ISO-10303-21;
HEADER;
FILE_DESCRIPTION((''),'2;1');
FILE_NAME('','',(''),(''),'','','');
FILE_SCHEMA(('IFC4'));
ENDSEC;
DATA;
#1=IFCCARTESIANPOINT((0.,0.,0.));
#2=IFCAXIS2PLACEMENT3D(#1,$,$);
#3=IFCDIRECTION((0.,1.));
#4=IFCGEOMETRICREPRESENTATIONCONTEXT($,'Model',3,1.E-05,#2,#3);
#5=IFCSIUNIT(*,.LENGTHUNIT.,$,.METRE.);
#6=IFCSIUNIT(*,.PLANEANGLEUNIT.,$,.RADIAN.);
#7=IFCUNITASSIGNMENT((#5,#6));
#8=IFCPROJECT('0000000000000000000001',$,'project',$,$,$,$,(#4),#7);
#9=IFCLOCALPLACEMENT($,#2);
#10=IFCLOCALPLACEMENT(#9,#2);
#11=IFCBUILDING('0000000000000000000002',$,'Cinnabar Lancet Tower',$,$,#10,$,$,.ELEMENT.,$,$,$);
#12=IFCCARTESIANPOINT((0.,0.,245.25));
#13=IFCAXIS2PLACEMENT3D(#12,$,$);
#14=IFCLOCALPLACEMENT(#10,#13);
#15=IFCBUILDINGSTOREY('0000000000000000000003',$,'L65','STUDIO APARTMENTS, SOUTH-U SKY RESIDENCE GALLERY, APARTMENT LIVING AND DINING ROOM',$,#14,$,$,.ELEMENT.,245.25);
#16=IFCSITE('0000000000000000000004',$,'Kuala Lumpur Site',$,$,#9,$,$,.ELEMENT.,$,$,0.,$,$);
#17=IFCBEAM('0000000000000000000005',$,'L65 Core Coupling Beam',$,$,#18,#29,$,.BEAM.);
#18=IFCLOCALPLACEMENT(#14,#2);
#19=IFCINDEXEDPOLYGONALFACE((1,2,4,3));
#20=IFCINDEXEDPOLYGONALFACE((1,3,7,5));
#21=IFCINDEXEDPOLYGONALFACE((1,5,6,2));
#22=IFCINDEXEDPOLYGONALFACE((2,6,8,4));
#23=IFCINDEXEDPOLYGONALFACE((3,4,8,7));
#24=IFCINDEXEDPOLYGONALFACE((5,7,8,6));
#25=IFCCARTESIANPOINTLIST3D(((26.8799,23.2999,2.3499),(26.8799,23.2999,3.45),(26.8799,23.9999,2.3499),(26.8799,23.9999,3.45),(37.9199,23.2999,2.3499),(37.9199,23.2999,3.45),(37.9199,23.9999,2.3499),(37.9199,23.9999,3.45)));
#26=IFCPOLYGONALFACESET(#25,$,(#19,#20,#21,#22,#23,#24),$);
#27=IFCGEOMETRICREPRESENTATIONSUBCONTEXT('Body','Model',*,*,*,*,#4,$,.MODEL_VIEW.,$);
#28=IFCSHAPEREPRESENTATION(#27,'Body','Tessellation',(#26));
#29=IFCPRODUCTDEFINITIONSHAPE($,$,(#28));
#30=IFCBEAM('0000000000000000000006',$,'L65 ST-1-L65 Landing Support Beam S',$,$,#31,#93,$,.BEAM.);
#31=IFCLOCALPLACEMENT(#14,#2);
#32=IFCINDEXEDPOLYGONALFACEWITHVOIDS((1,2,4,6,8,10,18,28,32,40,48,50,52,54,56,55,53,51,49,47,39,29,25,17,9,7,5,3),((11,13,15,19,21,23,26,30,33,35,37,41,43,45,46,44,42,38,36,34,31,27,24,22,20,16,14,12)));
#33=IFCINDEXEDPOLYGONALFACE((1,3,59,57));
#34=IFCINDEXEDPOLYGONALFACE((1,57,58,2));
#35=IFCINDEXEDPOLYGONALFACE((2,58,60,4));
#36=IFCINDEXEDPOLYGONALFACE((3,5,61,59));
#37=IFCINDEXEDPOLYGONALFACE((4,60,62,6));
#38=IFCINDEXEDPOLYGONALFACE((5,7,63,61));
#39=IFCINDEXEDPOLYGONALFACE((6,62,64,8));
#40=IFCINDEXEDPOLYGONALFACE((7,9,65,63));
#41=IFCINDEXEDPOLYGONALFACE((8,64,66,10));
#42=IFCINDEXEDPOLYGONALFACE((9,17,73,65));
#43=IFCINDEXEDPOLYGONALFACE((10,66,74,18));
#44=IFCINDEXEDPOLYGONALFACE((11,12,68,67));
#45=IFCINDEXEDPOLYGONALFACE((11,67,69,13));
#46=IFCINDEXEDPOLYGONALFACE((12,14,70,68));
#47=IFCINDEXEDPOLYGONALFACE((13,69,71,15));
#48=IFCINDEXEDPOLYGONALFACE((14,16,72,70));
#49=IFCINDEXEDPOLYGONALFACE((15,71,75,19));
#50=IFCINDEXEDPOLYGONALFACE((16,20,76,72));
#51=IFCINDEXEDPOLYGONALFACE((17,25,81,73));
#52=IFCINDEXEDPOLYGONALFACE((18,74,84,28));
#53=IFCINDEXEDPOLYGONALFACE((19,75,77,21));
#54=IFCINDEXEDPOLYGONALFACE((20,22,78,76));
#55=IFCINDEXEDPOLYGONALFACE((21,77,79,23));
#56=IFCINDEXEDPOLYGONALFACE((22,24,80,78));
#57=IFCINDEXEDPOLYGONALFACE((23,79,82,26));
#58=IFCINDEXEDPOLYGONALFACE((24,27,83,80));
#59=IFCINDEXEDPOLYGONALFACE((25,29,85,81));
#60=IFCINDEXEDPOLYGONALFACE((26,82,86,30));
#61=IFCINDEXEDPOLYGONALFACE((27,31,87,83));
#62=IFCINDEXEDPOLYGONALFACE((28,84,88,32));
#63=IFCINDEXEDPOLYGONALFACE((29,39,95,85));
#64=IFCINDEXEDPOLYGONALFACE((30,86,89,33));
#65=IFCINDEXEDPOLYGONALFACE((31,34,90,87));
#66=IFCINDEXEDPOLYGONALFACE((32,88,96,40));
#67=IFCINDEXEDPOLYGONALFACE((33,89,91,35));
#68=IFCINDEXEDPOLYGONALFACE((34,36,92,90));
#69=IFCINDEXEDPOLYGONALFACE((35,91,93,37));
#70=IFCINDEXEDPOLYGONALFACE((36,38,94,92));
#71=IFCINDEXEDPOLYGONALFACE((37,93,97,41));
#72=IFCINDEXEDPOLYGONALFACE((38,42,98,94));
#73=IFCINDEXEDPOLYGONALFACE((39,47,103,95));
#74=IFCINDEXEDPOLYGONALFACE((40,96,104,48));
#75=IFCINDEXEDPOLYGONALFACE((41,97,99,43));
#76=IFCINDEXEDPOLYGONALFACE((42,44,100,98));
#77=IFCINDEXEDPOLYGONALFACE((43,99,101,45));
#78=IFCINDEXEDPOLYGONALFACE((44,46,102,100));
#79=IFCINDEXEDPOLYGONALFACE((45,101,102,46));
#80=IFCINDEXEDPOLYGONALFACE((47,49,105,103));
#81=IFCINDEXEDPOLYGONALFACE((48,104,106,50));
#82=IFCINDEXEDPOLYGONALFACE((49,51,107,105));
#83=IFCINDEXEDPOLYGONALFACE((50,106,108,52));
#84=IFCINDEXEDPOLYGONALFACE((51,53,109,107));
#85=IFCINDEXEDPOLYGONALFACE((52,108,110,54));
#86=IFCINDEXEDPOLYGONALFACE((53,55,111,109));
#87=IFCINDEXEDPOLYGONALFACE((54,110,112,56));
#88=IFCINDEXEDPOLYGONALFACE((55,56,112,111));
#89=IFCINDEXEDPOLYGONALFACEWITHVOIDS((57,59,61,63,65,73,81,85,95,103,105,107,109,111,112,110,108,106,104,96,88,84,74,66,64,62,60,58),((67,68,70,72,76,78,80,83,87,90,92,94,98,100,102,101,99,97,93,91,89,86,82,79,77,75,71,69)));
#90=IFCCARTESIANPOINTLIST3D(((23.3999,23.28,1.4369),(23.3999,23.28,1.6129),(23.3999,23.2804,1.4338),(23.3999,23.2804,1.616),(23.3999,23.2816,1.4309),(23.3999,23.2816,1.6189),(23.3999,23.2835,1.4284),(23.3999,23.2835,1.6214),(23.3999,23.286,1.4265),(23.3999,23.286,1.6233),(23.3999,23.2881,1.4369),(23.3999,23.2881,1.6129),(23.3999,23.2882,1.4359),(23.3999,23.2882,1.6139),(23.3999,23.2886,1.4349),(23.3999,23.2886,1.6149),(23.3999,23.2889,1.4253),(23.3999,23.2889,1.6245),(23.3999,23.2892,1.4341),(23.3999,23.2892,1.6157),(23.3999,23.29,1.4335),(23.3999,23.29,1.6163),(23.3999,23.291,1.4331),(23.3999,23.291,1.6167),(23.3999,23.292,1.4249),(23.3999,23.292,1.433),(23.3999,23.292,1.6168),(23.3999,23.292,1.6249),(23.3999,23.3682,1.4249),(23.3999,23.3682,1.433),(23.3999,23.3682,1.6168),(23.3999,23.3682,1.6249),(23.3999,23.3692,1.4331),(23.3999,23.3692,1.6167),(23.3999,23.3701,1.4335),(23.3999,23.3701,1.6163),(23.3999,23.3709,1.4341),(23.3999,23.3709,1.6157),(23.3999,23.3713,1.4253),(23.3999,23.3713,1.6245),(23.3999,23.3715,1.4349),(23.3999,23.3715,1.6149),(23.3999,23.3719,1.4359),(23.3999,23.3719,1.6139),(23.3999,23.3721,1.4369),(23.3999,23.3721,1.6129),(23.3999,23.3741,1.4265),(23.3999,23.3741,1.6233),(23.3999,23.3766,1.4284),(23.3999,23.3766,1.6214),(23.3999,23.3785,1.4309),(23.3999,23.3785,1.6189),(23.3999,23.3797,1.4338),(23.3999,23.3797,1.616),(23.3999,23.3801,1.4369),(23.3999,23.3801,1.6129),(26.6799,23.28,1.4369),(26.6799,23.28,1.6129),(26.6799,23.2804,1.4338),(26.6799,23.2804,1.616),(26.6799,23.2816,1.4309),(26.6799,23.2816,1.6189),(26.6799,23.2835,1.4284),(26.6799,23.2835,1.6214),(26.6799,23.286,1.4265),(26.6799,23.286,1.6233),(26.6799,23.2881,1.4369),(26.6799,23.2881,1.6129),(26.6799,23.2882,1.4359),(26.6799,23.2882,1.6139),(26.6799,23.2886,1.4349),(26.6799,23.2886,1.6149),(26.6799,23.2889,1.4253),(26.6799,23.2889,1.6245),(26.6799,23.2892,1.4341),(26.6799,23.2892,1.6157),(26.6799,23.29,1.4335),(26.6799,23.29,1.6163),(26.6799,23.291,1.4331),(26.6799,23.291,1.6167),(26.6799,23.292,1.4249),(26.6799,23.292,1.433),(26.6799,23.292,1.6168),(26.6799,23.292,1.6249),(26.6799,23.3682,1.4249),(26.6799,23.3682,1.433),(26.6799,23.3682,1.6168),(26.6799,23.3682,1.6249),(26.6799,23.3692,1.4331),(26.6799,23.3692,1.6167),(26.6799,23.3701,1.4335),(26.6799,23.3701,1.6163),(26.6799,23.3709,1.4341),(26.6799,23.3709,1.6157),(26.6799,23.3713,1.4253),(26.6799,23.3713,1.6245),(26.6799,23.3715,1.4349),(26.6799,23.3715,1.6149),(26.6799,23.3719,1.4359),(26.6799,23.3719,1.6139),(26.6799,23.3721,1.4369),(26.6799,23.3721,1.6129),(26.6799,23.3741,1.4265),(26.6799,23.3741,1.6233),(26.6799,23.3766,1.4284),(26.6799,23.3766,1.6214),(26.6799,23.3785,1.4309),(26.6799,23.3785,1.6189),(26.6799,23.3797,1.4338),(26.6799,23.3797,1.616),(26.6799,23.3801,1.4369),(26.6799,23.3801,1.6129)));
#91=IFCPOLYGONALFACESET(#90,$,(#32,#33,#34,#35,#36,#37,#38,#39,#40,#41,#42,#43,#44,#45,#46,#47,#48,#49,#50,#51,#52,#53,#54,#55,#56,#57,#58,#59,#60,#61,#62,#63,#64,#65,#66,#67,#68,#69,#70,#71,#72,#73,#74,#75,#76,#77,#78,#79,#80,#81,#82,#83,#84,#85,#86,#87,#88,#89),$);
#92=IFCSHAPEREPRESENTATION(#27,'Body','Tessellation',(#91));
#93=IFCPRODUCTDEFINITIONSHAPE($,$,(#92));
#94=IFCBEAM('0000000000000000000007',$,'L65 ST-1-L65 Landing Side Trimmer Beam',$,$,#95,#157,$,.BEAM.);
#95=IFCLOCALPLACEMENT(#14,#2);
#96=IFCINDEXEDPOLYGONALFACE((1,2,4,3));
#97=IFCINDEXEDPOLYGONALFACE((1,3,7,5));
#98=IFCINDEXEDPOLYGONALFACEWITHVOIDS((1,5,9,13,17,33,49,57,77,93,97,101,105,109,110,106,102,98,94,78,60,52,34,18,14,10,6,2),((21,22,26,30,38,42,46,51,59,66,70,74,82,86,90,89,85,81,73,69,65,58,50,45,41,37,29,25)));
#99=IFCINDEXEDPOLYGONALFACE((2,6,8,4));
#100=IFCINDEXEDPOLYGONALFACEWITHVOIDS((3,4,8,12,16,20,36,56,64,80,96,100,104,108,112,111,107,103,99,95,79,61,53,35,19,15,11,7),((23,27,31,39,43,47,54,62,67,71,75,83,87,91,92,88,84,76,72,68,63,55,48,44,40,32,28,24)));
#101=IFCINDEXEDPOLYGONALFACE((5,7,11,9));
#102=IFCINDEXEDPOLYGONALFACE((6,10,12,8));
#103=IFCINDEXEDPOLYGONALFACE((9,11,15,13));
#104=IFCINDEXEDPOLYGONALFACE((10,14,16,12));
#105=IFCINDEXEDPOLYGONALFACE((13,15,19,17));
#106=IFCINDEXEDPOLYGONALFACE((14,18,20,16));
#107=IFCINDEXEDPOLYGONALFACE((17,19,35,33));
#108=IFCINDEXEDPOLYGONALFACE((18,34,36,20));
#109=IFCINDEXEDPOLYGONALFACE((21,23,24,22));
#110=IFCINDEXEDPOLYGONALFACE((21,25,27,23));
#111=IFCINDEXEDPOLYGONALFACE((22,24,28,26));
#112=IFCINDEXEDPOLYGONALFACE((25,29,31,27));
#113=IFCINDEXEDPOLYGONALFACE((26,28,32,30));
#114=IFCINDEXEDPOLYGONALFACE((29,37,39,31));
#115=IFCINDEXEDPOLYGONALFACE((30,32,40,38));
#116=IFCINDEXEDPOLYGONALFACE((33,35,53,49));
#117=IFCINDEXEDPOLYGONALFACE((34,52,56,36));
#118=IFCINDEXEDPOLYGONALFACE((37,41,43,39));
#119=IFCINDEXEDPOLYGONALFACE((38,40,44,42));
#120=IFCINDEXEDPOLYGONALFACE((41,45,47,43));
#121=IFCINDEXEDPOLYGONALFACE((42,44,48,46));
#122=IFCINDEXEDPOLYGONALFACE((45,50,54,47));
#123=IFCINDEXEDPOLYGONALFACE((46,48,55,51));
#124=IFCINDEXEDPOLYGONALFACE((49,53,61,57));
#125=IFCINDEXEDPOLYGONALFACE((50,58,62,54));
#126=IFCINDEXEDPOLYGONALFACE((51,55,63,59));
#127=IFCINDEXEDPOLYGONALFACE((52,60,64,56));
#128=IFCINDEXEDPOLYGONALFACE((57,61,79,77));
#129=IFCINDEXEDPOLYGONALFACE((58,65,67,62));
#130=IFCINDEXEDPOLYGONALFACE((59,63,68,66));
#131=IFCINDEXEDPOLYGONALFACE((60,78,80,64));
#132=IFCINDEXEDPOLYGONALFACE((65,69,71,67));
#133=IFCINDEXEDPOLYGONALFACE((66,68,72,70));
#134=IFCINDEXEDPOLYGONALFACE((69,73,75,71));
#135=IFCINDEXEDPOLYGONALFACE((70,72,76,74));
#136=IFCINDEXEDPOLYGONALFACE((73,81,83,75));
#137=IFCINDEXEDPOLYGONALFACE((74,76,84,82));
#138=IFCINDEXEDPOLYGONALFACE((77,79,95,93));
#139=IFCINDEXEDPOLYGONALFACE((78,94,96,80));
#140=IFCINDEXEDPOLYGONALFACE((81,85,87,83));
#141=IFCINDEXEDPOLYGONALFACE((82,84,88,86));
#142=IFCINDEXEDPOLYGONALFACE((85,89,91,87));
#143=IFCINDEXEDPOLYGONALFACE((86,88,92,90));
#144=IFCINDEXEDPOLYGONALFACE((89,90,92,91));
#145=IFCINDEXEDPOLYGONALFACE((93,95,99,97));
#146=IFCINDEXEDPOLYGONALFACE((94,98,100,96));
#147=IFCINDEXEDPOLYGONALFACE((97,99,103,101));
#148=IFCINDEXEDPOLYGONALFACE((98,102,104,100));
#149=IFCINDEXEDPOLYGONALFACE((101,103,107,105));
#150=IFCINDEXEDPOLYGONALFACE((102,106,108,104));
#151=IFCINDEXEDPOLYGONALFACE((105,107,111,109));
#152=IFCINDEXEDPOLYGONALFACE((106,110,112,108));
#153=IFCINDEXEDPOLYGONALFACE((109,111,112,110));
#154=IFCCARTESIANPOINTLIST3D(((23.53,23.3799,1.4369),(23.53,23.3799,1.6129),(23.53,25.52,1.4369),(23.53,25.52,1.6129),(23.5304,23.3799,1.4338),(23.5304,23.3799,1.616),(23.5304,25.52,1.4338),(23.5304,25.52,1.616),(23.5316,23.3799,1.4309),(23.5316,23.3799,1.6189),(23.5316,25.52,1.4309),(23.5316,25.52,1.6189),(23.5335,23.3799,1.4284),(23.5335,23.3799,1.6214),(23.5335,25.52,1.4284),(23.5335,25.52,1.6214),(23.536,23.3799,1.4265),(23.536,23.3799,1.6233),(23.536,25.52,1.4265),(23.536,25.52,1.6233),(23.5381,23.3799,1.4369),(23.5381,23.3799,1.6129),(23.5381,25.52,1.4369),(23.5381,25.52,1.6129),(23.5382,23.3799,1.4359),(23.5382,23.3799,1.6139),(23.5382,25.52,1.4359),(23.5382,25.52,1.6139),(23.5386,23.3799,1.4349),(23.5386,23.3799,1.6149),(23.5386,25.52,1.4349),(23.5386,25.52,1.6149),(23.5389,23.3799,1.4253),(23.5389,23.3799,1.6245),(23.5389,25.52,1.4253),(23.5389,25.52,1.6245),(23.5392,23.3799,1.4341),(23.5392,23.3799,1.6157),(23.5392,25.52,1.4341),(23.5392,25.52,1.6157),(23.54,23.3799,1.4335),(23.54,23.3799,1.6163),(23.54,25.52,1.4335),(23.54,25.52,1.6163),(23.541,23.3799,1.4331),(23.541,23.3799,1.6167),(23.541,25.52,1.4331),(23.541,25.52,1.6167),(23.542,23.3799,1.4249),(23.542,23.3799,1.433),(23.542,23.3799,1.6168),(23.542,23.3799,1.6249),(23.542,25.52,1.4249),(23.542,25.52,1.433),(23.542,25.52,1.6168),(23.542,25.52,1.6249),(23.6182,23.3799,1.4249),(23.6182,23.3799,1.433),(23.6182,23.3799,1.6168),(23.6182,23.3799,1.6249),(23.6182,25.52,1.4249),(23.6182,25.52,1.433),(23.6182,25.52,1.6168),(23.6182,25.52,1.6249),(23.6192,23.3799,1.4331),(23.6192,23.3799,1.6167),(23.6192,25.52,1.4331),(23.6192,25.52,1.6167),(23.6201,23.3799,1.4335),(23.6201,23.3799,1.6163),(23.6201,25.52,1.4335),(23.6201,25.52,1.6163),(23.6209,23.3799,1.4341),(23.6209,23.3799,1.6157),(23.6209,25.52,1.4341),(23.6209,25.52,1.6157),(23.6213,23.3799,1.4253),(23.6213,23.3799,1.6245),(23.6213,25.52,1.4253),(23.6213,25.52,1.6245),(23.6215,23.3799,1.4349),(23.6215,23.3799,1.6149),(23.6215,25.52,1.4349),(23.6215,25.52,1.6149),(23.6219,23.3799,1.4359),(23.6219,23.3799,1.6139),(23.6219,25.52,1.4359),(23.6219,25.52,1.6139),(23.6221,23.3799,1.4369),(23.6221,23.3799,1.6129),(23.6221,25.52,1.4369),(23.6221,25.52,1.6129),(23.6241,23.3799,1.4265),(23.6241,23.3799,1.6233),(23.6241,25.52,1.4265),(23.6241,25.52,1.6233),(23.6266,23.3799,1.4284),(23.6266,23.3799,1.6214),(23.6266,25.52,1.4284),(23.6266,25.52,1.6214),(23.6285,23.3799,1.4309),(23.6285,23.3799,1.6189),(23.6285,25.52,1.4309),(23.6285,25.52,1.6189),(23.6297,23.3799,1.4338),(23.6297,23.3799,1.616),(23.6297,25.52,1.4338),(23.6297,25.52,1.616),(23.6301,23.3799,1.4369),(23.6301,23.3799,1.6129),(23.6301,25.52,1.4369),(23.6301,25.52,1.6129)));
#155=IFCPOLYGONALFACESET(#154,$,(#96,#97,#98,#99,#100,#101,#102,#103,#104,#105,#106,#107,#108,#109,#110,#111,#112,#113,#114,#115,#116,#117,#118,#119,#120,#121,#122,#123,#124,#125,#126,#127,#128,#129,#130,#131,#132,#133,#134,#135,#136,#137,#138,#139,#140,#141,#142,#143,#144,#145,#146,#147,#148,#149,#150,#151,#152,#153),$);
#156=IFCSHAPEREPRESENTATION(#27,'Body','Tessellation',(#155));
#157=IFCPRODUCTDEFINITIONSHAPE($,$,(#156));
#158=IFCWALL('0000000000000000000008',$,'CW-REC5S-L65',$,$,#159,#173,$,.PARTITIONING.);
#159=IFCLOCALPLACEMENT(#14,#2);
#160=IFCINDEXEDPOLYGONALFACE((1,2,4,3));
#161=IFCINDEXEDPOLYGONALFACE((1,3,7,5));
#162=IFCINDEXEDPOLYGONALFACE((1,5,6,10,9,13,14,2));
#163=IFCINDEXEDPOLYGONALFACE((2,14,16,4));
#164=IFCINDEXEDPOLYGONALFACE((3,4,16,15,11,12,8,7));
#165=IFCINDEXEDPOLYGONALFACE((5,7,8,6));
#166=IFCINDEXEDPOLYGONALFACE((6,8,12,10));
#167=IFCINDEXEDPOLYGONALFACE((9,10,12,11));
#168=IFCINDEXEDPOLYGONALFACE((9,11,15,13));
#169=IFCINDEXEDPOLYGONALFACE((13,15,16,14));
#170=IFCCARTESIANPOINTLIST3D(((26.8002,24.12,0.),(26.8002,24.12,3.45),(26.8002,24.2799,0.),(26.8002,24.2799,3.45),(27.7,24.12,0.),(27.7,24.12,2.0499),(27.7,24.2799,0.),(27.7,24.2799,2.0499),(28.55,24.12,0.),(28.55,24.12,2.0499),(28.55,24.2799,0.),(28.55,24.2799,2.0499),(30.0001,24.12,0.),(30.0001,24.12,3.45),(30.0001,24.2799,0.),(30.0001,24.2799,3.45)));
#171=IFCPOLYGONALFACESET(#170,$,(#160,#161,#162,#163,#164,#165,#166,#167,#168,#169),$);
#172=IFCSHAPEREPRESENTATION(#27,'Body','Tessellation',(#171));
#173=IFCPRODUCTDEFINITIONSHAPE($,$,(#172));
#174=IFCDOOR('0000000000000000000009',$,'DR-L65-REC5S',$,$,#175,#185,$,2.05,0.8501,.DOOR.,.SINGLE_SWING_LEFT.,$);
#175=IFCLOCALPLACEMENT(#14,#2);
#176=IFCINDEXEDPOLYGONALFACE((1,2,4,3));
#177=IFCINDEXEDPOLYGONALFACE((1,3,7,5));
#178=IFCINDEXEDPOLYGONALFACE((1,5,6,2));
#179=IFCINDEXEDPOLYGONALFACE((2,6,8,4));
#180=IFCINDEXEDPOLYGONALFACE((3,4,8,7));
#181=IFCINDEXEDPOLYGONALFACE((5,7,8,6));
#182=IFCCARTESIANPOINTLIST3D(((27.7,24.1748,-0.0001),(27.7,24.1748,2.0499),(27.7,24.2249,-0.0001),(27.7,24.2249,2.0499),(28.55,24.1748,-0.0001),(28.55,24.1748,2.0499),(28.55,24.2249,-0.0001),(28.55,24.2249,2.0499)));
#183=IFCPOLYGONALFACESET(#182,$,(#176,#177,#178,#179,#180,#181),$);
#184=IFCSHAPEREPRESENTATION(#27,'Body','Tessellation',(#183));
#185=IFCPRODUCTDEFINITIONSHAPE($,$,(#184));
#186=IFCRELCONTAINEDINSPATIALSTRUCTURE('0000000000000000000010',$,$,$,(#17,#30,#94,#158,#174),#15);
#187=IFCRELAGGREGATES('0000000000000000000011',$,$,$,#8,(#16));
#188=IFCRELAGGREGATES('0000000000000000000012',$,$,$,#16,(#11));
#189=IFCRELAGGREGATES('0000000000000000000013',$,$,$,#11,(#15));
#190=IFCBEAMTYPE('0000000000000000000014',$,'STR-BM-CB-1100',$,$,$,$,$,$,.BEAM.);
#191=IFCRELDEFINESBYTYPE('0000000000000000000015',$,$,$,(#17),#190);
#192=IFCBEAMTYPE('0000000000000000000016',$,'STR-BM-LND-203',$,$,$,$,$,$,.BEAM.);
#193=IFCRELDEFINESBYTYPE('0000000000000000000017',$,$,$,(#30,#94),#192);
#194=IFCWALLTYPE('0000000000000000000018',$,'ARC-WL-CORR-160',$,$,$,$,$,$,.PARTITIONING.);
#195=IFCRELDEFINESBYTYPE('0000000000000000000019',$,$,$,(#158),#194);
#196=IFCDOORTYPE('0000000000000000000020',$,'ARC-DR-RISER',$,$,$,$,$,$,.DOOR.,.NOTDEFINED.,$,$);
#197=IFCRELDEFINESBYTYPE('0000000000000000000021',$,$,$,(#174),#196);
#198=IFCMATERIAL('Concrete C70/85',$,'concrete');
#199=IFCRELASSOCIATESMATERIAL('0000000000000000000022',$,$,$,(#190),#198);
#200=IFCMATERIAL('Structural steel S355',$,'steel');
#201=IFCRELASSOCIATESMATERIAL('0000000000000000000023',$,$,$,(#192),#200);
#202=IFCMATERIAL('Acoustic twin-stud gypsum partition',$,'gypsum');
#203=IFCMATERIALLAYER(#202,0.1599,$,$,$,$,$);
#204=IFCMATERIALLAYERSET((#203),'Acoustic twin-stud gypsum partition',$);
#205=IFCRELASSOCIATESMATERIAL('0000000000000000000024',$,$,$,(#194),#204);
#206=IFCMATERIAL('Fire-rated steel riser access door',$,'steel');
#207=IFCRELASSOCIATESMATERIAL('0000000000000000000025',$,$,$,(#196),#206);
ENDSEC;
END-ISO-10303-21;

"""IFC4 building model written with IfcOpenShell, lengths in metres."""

from ifc_helpers import new_model, si_unit, direction, frame, frame_2d, origin, origin_2d, place, context, subcontext, project, spatial, rectangle, hollow_rectangle, extrude, material, layer, layer_set, material_profile, profile_set, type_object, element, fill, save


model = new_model("IFC4")

# Units and contexts
model_context = context("Model", 3, precision=1e-05, world=origin(), true_north=direction((0.0, 1.0)))
body_context = subcontext(model_context, "Body", "Model", "MODEL_VIEW")
ifc_project = project(units=[si_unit("LENGTHUNIT", "METRE"), si_unit("PLANEANGLEUNIT", "RADIAN")], contexts=[model_context])

# Site, building, storey
site_placement = place(None, origin())
site = spatial("IfcSite", under=ifc_project, at=site_placement, Name="Kuala Lumpur Site", CompositionType="ELEMENT", RefElevation=0.0)
building_placement = place(site_placement, origin())
building = spatial("IfcBuilding", under=site, at=building_placement, Name="Cinnabar Lancet Tower", CompositionType="ELEMENT")
storey_placement = place(building_placement, frame((0.0, 0.0, 245.25)))
storey = spatial("IfcBuildingStorey", under=building, at=storey_placement, Name="L65", Description="STUDIO APARTMENTS, SOUTH-U SKY RESIDENCE GALLERY, APARTMENT LIVING AND DINING ROOM", CompositionType="ELEMENT", Elevation=245.25)

# Beams
ifc_material_1 = material(Name="Concrete C70/85", Category="concrete")
ifc_material_profile_1 = material_profile(ifc_material_1, rectangle(XDim=0.7, YDim=1.1001, at=origin_2d()), Name="RC-CB 700x1100")
ifc_profile_set_1 = profile_set([ifc_material_profile_1], Name="Concrete C70/85")
beam_type_1 = type_object("IfcBeamType", Name="STR-BM-CB-1100", PredefinedType="BEAM", material=ifc_profile_set_1)
beam_1_placement = place(storey_placement, frame((26.8799, 23.6499, 2.8999), z_axis=(1.0, 0.0, 0.0), x_axis=(0.0, 1.0, 0.0)))
element("IfcBeam", 1, at=beam_1_placement, inside=storey, type_object=beam_type_1, Name="L65 Core Coupling Beam", PredefinedType="BEAM", context=body_context, shape_type="SweptSolid", body=[
    extrude(rectangle(XDim=0.7, YDim=1.1001, at=origin_2d()), origin(), (0.0, 0.0, 1.0), 11.04),
])
ifc_material_2 = material(Name="Structural steel S355", Category="steel")
ifc_material_profile_2 = material_profile(ifc_material_2, hollow_rectangle(XDim=0.1001, YDim=0.2, WallThickness=0.0081, InnerFilletRadius=0.0039, OuterFilletRadius=0.012, at=origin_2d()), Name="RHS 200x100x8")
ifc_profile_set_2 = profile_set([ifc_material_profile_2], Name="Structural steel S355")
beam_type_2 = type_object("IfcBeamType", Name="STR-BM-LND-203", PredefinedType="BEAM", material=ifc_profile_set_2)
beam_2_placement = place(storey_placement, frame((23.3999, 23.3301, 1.5249), z_axis=(1.0, 0.0, 0.0), x_axis=(0.0, 1.0, 0.0)))
element("IfcBeam", 2, at=beam_2_placement, inside=storey, type_object=beam_type_2, Name="L65 ST-1-L65 Landing Support Beam S", PredefinedType="BEAM", context=body_context, shape_type="SweptSolid", body=[
    extrude(hollow_rectangle(XDim=0.1001, YDim=0.2, WallThickness=0.0081, InnerFilletRadius=0.0039, OuterFilletRadius=0.012, at=origin_2d()), origin(), (0.0, 0.0, 1.0), 3.28),
])
beam_3_placement = place(storey_placement, frame((23.5801, 23.3799, 1.5249), z_axis=(0.0, 1.0, 0.0), x_axis=(-1.0, 0.0, 0.0)))
element("IfcBeam", 3, at=beam_3_placement, inside=storey, type_object=beam_type_2, Name="L65 ST-1-L65 Landing Side Trimmer Beam", PredefinedType="BEAM", context=body_context, shape_type="SweptSolid", body=[
    extrude(hollow_rectangle(XDim=0.1001, YDim=0.2, WallThickness=0.0081, InnerFilletRadius=0.0039, OuterFilletRadius=0.012, at=origin_2d()), origin(), (0.0, 0.0, 1.0), 2.1401),
])

# Wall, opening, door
ifc_material_3 = material(Name="Acoustic twin-stud gypsum partition", Category="gypsum")
ifc_layer_1 = layer(ifc_material_3, 0.1599)
ifc_layer_set_1 = layer_set([ifc_layer_1], Name="Acoustic twin-stud gypsum partition")
wall_type_1 = type_object("IfcWallType", Name="ARC-WL-CORR-160", PredefinedType="PARTITIONING", material=ifc_layer_set_1)
wall_1_placement = place(storey_placement, frame((26.8, 24.2, 0.0), z_axis=(0.0, 0.0, 1.0), x_axis=(1.0, 0.0, 0.0)))
wall_1 = element("IfcWall", 4, at=wall_1_placement, inside=storey, type_object=wall_type_1, Name="CW-REC5S-L65", PredefinedType="PARTITIONING", context=body_context, shape_type="SweptSolid", body=[
    extrude(rectangle(XDim=3.2, YDim=0.1599, at=frame_2d((1.6001, 0.0))), origin(), (0.0, 0.0, 1.0), 3.45),
])
opening_1_placement = place(wall_1_placement, frame((0.8999, 0.0, 0.0)))
opening_1 = element("IfcOpeningElement", 5, at=opening_1_placement, cuts=wall_1, PredefinedType="OPENING", context=body_context, shape_type="SweptSolid", body=[
    extrude(rectangle(XDim=0.8501, YDim=2.05, at=frame_2d((0.425, 1.0249))), frame((0.0, 0.0898, 0.0), z_axis=(0.0, -1.0, 0.0), x_axis=(1.0, 0.0, 0.0)), (0.0, 0.0, 1.0), 0.1799),
])
ifc_material_4 = material(Name="Fire-rated steel riser access door", Category="steel")
door_type_1 = type_object("IfcDoorType", Name="ARC-DR-RISER", OperationType="NOTDEFINED", PredefinedType="DOOR", material=ifc_material_4)
door_1_placement = place(opening_1_placement, origin())
door_1 = element("IfcDoor", 6, at=door_1_placement, inside=storey, type_object=door_type_1, Name="DR-L65-REC5S", OperationType="SINGLE_SWING_LEFT", OverallHeight=2.05, OverallWidth=0.8501, PredefinedType="DOOR", context=body_context, shape_type="SweptSolid", body=[
    extrude(rectangle(XDim=0.8501, YDim=2.05, at=frame_2d((0.425, 1.0249))), frame((0.0, 0.0249, 0.0), z_axis=(0.0, -1.0, 0.0), x_axis=(1.0, 0.0, 0.0)), (0.0, 0.0, 1.0), 0.05),
])
fill(opening_1, door_1)

save(model, "model.ifc")
